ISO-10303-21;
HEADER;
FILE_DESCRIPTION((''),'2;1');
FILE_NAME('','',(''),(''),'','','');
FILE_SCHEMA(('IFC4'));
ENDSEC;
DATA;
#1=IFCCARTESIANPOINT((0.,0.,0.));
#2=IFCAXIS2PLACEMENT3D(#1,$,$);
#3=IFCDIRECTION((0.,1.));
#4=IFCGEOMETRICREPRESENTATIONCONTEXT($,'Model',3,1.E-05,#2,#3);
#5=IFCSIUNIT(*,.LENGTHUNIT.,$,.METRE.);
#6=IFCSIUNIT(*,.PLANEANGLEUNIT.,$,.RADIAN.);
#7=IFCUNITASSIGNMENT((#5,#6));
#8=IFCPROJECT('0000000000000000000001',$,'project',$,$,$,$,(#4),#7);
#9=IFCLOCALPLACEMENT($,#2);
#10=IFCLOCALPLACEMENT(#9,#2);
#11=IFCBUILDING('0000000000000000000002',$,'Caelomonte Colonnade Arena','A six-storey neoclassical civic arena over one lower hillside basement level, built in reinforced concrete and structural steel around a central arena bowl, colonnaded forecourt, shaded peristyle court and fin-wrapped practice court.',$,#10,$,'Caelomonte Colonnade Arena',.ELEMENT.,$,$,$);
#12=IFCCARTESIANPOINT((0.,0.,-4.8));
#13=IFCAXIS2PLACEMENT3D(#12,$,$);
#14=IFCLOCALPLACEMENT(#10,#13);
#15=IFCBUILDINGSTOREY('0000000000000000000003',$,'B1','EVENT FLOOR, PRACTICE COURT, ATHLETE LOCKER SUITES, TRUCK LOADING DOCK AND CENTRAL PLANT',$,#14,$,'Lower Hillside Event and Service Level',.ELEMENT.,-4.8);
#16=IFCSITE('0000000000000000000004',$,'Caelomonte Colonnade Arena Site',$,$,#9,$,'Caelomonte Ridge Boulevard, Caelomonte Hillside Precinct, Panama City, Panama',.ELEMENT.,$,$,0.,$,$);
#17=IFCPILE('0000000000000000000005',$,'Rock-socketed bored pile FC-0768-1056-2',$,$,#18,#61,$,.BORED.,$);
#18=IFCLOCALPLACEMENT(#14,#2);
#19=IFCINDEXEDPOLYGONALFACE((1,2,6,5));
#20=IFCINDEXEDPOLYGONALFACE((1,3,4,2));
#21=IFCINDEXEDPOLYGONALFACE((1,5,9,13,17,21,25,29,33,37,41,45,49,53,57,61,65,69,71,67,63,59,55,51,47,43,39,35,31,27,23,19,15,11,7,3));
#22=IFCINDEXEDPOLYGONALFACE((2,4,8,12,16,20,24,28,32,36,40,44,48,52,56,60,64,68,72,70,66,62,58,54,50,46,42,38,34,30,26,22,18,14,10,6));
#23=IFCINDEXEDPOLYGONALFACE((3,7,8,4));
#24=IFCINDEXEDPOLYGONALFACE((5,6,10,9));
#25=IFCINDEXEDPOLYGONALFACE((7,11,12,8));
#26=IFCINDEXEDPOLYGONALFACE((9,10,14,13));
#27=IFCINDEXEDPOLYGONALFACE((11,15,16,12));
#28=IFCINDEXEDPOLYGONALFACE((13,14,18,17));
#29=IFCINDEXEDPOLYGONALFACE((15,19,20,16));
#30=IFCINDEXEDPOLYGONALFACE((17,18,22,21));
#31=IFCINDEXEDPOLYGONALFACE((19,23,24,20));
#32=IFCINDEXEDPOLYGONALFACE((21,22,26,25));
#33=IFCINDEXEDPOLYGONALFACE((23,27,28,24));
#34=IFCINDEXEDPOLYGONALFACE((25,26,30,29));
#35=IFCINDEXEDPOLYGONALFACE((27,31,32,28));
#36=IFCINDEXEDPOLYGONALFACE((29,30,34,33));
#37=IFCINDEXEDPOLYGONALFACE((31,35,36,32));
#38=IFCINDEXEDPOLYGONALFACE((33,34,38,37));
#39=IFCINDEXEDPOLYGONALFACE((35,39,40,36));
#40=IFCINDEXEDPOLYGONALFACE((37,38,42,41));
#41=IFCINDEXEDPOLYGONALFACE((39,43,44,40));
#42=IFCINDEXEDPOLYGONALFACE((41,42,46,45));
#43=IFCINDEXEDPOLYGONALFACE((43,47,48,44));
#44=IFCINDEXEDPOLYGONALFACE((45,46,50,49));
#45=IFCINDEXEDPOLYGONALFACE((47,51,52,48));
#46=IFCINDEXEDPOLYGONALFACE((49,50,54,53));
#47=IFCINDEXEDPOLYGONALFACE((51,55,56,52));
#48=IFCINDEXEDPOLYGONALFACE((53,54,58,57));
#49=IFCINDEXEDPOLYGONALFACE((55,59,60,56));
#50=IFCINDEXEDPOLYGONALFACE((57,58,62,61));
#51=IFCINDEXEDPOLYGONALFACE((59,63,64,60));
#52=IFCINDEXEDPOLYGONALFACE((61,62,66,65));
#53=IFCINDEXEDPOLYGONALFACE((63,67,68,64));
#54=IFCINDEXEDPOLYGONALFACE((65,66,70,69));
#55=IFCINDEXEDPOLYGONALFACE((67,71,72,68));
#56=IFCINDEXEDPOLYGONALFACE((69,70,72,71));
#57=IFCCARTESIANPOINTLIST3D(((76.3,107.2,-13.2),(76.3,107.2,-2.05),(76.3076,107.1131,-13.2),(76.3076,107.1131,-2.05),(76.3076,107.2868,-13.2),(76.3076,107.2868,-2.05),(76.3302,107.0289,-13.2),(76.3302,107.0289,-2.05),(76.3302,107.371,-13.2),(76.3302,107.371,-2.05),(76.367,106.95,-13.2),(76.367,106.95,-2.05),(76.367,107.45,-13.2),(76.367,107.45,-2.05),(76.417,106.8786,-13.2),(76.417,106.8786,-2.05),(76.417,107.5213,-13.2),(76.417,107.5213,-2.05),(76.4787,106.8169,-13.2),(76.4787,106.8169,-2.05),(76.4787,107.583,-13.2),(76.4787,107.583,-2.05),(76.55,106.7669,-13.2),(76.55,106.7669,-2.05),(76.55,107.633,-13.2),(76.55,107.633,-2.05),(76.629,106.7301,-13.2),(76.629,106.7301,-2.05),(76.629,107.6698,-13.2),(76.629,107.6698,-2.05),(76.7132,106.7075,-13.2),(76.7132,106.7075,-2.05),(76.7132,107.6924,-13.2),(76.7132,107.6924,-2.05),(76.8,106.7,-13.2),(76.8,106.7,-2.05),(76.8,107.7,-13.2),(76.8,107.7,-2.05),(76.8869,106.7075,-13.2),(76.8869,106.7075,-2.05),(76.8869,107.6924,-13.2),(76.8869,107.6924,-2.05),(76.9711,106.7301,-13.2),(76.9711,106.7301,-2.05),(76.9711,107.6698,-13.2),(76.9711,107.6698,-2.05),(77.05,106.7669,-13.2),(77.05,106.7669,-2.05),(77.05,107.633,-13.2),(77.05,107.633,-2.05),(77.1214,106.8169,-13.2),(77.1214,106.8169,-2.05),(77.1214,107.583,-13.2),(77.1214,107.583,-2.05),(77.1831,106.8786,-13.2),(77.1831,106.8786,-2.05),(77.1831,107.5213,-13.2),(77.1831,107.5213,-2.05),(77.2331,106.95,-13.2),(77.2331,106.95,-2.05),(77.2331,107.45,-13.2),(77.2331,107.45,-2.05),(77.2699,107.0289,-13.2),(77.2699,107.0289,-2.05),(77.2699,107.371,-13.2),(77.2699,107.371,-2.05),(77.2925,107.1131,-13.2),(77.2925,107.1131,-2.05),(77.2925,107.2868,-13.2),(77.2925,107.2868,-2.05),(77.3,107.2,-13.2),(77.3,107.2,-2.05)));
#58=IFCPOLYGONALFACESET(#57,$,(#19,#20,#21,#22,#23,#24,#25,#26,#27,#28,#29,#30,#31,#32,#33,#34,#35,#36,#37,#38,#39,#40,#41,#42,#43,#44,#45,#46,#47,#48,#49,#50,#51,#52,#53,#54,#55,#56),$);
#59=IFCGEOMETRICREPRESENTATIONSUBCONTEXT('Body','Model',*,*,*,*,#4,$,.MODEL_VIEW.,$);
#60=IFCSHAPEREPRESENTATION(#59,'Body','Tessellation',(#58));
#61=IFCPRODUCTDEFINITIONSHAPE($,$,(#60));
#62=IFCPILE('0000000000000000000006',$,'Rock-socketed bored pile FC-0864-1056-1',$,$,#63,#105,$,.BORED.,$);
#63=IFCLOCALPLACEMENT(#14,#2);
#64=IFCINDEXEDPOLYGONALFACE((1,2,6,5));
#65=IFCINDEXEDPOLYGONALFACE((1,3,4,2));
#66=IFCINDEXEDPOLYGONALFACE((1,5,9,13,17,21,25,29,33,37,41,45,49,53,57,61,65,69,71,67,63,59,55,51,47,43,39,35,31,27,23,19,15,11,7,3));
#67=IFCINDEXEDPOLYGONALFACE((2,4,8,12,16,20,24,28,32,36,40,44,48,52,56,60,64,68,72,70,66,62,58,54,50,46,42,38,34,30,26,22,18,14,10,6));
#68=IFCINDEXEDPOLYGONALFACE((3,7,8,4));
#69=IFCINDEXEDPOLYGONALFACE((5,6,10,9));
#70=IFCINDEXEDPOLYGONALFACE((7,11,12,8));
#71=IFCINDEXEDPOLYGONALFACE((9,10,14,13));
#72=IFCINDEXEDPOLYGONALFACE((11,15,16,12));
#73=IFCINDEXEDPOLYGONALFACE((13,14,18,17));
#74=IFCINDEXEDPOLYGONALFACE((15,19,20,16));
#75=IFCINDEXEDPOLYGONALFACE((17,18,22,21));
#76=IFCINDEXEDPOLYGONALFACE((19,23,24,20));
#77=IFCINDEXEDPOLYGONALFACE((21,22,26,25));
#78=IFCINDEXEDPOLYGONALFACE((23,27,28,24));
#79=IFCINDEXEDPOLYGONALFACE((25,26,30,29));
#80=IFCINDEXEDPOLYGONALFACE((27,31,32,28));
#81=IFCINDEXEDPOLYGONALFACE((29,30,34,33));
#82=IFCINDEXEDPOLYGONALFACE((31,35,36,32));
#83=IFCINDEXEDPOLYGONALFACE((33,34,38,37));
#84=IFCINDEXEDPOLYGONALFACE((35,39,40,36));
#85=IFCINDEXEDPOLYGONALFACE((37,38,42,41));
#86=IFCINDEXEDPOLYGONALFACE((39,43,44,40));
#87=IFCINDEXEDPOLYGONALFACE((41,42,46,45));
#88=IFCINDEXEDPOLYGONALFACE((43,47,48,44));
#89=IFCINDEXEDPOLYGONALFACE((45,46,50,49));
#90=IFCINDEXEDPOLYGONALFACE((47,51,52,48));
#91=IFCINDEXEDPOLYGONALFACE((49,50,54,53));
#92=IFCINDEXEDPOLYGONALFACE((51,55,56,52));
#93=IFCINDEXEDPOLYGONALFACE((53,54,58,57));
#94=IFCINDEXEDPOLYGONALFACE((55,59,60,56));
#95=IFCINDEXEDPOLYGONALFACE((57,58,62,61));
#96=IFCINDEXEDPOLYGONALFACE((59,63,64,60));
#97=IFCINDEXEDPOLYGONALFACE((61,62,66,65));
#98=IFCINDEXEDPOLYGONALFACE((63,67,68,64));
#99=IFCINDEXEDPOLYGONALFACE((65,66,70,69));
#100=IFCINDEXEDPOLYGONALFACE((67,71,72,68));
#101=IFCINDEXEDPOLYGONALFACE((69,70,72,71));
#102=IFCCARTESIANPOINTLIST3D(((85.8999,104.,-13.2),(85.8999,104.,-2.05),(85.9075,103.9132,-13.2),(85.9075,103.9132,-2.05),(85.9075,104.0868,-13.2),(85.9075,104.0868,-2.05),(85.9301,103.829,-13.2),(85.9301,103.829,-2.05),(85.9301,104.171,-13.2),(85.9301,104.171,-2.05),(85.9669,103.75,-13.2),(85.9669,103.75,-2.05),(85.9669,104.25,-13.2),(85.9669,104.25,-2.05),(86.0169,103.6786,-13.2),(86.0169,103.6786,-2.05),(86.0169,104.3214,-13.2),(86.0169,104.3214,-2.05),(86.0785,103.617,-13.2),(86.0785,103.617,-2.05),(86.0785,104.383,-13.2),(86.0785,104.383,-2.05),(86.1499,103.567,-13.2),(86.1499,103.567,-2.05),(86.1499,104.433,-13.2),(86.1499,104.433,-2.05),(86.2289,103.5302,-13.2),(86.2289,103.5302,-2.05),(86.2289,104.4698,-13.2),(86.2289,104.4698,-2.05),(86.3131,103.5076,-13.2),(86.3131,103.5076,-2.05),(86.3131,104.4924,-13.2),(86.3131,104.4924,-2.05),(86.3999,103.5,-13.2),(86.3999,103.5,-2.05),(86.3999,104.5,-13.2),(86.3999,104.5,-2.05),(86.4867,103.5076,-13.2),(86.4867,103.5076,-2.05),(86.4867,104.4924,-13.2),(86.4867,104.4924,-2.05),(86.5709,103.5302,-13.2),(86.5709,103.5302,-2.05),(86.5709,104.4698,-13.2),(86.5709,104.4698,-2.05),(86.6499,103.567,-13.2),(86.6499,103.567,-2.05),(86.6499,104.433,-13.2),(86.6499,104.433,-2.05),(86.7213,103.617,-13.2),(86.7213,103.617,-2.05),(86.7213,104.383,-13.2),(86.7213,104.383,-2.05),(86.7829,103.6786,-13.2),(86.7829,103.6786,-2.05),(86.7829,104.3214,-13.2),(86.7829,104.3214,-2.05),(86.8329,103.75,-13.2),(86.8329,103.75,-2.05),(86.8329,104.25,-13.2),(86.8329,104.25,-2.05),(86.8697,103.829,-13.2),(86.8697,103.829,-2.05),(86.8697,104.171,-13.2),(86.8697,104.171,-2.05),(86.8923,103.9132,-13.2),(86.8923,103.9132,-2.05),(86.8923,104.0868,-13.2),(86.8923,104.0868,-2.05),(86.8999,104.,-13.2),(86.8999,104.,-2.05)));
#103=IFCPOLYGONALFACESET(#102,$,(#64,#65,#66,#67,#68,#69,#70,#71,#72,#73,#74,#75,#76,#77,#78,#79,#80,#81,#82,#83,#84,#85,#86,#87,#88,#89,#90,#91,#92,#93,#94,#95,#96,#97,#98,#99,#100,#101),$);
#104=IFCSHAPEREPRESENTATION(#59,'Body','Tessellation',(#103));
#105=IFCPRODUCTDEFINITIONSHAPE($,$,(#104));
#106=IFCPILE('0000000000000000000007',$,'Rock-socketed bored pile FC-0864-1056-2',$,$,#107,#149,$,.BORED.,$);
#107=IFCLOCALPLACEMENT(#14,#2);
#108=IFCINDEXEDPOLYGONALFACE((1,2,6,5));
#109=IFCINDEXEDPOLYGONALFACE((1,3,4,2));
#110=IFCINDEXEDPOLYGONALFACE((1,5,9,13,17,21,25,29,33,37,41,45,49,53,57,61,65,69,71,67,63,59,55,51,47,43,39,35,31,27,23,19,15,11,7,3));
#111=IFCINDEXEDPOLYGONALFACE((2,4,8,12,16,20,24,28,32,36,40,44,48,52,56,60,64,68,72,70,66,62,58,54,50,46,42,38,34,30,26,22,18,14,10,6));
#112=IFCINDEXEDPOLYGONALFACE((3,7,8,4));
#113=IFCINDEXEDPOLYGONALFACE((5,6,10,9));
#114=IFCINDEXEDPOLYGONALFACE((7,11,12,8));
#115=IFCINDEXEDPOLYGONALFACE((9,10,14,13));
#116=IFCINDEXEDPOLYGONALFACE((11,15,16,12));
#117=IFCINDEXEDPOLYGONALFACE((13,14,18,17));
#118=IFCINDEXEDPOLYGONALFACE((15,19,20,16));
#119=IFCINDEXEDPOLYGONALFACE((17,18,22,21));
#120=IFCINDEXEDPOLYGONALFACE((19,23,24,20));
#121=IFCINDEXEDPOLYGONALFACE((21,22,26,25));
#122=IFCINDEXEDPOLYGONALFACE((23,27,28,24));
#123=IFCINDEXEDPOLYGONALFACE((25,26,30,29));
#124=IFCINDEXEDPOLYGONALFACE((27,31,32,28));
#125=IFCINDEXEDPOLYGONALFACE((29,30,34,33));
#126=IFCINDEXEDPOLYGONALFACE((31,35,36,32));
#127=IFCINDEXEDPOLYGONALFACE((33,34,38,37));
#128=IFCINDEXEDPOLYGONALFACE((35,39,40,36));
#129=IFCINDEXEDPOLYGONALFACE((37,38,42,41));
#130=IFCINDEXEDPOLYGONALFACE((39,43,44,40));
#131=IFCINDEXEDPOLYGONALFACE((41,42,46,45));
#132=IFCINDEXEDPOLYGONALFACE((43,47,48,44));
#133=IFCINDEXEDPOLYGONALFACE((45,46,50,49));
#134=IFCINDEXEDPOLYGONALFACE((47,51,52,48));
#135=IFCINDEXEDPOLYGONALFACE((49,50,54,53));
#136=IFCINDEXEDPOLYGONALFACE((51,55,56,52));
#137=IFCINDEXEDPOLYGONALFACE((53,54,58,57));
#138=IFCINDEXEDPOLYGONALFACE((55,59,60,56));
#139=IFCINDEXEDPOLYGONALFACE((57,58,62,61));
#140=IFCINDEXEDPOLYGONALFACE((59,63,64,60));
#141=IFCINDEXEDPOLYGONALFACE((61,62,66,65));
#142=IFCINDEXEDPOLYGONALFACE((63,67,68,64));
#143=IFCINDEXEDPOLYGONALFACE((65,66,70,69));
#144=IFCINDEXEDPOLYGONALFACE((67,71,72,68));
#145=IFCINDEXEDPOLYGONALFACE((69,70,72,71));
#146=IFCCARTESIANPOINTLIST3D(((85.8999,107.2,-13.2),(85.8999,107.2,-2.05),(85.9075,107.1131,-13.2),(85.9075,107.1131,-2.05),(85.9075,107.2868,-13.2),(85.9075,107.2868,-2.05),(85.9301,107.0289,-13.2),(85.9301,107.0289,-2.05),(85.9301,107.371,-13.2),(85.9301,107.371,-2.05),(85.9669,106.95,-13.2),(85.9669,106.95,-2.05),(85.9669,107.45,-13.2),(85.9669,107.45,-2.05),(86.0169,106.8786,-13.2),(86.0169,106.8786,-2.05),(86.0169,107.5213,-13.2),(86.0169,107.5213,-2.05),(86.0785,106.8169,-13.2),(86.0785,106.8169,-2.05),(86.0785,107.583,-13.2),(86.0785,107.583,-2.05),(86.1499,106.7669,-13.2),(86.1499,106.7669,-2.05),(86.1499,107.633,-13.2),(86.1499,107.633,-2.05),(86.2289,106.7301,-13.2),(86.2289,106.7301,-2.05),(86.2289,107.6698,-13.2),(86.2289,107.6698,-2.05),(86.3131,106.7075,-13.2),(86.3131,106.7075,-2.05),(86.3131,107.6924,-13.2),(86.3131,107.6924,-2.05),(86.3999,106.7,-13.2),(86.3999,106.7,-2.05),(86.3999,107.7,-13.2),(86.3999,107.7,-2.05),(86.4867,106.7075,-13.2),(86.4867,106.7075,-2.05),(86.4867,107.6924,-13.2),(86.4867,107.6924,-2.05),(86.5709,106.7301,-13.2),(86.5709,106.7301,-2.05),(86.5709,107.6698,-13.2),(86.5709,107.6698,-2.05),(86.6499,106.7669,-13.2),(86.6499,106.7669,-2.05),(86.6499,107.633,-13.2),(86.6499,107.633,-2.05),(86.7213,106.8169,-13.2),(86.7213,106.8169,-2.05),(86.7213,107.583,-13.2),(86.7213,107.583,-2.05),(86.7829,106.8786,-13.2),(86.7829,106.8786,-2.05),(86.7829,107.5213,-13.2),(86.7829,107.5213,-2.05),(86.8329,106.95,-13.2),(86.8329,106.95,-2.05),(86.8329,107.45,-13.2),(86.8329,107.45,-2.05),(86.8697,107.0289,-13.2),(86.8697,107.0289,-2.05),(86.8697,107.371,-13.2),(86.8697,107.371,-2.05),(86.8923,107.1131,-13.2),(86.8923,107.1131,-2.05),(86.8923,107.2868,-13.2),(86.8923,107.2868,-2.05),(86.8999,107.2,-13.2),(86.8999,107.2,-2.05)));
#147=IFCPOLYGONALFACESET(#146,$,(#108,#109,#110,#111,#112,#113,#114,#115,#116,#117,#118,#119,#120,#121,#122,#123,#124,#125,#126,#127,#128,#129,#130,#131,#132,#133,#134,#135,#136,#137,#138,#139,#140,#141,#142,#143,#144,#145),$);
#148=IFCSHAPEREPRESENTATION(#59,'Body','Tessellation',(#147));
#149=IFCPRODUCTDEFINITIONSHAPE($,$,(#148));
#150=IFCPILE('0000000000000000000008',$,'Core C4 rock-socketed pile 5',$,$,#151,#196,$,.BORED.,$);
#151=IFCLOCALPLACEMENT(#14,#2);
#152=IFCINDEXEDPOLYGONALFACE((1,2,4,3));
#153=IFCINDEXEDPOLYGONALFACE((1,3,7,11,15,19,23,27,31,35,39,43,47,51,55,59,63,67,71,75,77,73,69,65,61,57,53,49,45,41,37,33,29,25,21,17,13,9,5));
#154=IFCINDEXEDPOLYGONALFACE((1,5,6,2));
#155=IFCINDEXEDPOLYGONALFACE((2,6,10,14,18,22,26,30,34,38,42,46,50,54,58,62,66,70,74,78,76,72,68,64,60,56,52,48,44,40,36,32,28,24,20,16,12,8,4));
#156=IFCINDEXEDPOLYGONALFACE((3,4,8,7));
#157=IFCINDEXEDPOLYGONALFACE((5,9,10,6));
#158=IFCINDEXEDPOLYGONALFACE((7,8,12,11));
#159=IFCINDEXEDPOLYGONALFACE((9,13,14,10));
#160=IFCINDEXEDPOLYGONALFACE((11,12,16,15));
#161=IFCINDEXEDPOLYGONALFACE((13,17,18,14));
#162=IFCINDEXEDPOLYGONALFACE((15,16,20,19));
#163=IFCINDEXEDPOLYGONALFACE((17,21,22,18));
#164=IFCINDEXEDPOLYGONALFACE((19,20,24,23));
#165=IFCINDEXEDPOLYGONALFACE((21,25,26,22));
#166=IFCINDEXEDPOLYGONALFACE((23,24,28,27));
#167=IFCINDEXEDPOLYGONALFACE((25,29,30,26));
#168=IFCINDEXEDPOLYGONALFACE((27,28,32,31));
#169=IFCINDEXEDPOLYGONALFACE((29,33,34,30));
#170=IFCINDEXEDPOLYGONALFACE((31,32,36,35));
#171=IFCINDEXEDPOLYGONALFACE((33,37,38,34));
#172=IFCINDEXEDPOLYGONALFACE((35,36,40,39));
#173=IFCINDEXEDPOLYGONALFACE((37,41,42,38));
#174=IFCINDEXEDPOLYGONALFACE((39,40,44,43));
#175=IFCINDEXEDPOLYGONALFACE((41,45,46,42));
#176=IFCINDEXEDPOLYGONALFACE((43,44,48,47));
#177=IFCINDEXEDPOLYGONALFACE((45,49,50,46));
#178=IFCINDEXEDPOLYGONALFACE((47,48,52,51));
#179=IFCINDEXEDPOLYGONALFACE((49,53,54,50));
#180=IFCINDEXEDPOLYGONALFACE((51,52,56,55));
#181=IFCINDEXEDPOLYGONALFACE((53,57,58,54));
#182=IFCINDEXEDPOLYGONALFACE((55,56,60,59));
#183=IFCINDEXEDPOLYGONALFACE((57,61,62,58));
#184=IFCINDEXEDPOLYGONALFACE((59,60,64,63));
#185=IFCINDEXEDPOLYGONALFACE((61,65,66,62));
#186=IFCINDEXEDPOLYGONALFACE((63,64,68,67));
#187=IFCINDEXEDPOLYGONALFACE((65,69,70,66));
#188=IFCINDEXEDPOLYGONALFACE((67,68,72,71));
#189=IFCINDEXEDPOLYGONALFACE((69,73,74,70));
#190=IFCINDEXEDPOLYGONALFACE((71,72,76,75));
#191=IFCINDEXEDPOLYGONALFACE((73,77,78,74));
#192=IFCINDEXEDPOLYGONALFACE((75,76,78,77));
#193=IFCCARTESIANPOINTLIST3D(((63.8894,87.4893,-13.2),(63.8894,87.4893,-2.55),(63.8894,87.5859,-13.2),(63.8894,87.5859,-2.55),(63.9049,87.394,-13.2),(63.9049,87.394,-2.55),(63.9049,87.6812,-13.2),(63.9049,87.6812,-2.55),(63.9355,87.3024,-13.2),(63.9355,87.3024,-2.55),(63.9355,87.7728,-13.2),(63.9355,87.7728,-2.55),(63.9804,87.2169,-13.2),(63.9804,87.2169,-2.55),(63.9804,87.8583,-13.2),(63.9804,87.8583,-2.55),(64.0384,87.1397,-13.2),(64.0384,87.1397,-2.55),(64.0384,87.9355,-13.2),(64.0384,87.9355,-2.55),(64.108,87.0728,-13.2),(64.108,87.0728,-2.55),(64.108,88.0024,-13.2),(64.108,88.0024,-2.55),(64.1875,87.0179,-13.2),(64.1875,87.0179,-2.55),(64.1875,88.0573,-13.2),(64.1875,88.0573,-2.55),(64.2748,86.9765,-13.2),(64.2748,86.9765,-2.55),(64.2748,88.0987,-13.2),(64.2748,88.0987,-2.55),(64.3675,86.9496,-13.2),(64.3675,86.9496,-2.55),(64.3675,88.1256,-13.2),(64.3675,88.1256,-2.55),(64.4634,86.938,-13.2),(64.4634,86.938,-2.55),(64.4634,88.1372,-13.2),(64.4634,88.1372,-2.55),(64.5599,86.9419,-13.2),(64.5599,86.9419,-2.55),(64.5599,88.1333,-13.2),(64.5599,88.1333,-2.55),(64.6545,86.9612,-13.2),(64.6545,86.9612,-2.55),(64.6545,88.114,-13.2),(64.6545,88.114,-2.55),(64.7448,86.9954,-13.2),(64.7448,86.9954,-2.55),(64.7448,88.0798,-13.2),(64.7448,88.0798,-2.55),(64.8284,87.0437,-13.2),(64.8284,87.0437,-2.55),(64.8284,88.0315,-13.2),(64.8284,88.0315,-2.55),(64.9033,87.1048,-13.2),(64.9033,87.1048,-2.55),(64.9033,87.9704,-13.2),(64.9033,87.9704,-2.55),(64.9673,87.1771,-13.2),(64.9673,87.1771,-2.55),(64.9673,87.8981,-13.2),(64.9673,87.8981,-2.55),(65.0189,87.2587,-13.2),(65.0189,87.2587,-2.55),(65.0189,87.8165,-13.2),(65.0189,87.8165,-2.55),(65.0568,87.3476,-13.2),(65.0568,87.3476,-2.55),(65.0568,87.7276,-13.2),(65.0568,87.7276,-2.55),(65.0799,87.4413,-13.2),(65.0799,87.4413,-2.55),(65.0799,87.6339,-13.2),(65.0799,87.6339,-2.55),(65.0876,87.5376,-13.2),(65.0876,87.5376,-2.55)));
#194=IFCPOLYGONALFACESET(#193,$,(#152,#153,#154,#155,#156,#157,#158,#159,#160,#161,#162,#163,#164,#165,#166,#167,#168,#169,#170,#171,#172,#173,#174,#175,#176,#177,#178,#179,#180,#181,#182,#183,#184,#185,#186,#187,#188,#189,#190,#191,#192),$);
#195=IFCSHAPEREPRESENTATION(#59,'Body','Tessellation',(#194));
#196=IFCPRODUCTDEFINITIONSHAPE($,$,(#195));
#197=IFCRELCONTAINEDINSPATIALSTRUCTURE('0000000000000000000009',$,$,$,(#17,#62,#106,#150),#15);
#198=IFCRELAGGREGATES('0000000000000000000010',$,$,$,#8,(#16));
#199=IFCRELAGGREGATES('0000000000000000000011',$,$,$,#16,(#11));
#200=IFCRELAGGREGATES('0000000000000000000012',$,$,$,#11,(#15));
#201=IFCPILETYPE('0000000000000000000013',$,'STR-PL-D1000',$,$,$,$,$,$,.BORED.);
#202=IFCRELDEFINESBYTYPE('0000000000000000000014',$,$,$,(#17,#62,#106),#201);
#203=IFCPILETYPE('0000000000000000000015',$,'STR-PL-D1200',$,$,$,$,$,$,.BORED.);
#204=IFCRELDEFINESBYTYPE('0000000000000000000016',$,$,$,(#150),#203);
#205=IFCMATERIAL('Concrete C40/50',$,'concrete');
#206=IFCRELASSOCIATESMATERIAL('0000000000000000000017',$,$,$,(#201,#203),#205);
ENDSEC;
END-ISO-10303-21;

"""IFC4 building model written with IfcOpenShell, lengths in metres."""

from ifc_helpers import new_model, si_unit, direction, frame, origin, origin_2d, place, context, subcontext, project, spatial, circle, extrude, material, material_profile, profile_set, type_object, element, save


model = new_model("IFC4")

# Units and contexts
model_context = context("Model", 3, precision=1e-05, world=origin(), true_north=direction((0.0, 1.0)))
body_context = subcontext(model_context, "Body", "Model", "MODEL_VIEW")
ifc_project = project(units=[si_unit("LENGTHUNIT", "METRE"), si_unit("PLANEANGLEUNIT", "RADIAN")], contexts=[model_context])

# Site, building, storey
site_placement = place(None, origin())
site = spatial("IfcSite", under=ifc_project, at=site_placement, Name="Caelomonte Colonnade Arena Site", LongName="Caelomonte Ridge Boulevard, Caelomonte Hillside Precinct, Panama City, Panama", CompositionType="ELEMENT", RefElevation=0.0)
building_placement = place(site_placement, origin())
building = spatial("IfcBuilding", under=site, at=building_placement, Name="Caelomonte Colonnade Arena", Description="A six-storey neoclassical civic arena over one lower hillside basement level, built in reinforced concrete and structural steel around a central arena bowl, colonnaded forecourt, shaded peristyle court and fin-wrapped practice court.", LongName="Caelomonte Colonnade Arena", CompositionType="ELEMENT")
storey_placement = place(building_placement, frame((0.0, 0.0, -4.8)))
storey = spatial("IfcBuildingStorey", under=building, at=storey_placement, Name="B1", Description="EVENT FLOOR, PRACTICE COURT, ATHLETE LOCKER SUITES, TRUCK LOADING DOCK AND CENTRAL PLANT", LongName="Lower Hillside Event and Service Level", CompositionType="ELEMENT", Elevation=-4.8)

# Shared definitions
ifc_material_1 = material(Name="Concrete C40/50", Category="concrete")

# Piles
ifc_material_profile_1 = material_profile(ifc_material_1, circle(Radius=0.5, at=origin_2d()), Name="PILE-D1000")
ifc_profile_set_1 = profile_set([ifc_material_profile_1], Name="Concrete C40/50")
pile_type_1 = type_object("IfcPileType", Name="STR-PL-D1000", PredefinedType="BORED", material=ifc_profile_set_1)
for number, where, z_axis, x_axis, name in (
    (1, (76.8, 107.2, -2.05), (0.0, 0.0, -1.0), (1.0, 0.0, 0.0), "Rock-socketed bored pile FC-0768-1056-2"),
    (2, (86.3999, 104.0, -2.05), (0.0, 0.0, -1.0), (1.0, 0.0, 0.0), "Rock-socketed bored pile FC-0864-1056-1"),
    (3, (86.3999, 107.2, -2.05), (0.0, 0.0, -1.0), (1.0, 0.0, 0.0), "Rock-socketed bored pile FC-0864-1056-2"),
):
    element("IfcPile", number, at=place(storey_placement, frame(where, z_axis=z_axis, x_axis=x_axis)), inside=storey, type_object=pile_type_1, Name=name, PredefinedType="BORED", context=body_context, shape_type="SweptSolid", body=[
        extrude(circle(Radius=0.5, at=origin_2d()), origin(), (0.0, 0.0, 1.0), 11.1499),
    ])
ifc_material_profile_2 = material_profile(ifc_material_1, circle(Radius=0.6001, at=origin_2d()), Name="PILE-D1200")
ifc_profile_set_2 = profile_set([ifc_material_profile_2], Name="Concrete C40/50")
pile_type_2 = type_object("IfcPileType", Name="STR-PL-D1200", PredefinedType="BORED", material=ifc_profile_set_2)
for number, where, z_axis, x_axis, name in (
    (4, (64.4875, 87.5376, -2.55), (0.0, 0.0, -1.0), (1.0, 0.0, 0.0), "Core C4 rock-socketed pile 5"),
):
    element("IfcPile", number, at=place(storey_placement, frame(where, z_axis=z_axis, x_axis=x_axis)), inside=storey, type_object=pile_type_2, Name=name, PredefinedType="BORED", context=body_context, shape_type="SweptSolid", body=[
        extrude(circle(Radius=0.6001, at=origin_2d()), origin(), (0.0, 0.0, 1.0), 10.6499),
    ])

save(model, "model.ifc")
